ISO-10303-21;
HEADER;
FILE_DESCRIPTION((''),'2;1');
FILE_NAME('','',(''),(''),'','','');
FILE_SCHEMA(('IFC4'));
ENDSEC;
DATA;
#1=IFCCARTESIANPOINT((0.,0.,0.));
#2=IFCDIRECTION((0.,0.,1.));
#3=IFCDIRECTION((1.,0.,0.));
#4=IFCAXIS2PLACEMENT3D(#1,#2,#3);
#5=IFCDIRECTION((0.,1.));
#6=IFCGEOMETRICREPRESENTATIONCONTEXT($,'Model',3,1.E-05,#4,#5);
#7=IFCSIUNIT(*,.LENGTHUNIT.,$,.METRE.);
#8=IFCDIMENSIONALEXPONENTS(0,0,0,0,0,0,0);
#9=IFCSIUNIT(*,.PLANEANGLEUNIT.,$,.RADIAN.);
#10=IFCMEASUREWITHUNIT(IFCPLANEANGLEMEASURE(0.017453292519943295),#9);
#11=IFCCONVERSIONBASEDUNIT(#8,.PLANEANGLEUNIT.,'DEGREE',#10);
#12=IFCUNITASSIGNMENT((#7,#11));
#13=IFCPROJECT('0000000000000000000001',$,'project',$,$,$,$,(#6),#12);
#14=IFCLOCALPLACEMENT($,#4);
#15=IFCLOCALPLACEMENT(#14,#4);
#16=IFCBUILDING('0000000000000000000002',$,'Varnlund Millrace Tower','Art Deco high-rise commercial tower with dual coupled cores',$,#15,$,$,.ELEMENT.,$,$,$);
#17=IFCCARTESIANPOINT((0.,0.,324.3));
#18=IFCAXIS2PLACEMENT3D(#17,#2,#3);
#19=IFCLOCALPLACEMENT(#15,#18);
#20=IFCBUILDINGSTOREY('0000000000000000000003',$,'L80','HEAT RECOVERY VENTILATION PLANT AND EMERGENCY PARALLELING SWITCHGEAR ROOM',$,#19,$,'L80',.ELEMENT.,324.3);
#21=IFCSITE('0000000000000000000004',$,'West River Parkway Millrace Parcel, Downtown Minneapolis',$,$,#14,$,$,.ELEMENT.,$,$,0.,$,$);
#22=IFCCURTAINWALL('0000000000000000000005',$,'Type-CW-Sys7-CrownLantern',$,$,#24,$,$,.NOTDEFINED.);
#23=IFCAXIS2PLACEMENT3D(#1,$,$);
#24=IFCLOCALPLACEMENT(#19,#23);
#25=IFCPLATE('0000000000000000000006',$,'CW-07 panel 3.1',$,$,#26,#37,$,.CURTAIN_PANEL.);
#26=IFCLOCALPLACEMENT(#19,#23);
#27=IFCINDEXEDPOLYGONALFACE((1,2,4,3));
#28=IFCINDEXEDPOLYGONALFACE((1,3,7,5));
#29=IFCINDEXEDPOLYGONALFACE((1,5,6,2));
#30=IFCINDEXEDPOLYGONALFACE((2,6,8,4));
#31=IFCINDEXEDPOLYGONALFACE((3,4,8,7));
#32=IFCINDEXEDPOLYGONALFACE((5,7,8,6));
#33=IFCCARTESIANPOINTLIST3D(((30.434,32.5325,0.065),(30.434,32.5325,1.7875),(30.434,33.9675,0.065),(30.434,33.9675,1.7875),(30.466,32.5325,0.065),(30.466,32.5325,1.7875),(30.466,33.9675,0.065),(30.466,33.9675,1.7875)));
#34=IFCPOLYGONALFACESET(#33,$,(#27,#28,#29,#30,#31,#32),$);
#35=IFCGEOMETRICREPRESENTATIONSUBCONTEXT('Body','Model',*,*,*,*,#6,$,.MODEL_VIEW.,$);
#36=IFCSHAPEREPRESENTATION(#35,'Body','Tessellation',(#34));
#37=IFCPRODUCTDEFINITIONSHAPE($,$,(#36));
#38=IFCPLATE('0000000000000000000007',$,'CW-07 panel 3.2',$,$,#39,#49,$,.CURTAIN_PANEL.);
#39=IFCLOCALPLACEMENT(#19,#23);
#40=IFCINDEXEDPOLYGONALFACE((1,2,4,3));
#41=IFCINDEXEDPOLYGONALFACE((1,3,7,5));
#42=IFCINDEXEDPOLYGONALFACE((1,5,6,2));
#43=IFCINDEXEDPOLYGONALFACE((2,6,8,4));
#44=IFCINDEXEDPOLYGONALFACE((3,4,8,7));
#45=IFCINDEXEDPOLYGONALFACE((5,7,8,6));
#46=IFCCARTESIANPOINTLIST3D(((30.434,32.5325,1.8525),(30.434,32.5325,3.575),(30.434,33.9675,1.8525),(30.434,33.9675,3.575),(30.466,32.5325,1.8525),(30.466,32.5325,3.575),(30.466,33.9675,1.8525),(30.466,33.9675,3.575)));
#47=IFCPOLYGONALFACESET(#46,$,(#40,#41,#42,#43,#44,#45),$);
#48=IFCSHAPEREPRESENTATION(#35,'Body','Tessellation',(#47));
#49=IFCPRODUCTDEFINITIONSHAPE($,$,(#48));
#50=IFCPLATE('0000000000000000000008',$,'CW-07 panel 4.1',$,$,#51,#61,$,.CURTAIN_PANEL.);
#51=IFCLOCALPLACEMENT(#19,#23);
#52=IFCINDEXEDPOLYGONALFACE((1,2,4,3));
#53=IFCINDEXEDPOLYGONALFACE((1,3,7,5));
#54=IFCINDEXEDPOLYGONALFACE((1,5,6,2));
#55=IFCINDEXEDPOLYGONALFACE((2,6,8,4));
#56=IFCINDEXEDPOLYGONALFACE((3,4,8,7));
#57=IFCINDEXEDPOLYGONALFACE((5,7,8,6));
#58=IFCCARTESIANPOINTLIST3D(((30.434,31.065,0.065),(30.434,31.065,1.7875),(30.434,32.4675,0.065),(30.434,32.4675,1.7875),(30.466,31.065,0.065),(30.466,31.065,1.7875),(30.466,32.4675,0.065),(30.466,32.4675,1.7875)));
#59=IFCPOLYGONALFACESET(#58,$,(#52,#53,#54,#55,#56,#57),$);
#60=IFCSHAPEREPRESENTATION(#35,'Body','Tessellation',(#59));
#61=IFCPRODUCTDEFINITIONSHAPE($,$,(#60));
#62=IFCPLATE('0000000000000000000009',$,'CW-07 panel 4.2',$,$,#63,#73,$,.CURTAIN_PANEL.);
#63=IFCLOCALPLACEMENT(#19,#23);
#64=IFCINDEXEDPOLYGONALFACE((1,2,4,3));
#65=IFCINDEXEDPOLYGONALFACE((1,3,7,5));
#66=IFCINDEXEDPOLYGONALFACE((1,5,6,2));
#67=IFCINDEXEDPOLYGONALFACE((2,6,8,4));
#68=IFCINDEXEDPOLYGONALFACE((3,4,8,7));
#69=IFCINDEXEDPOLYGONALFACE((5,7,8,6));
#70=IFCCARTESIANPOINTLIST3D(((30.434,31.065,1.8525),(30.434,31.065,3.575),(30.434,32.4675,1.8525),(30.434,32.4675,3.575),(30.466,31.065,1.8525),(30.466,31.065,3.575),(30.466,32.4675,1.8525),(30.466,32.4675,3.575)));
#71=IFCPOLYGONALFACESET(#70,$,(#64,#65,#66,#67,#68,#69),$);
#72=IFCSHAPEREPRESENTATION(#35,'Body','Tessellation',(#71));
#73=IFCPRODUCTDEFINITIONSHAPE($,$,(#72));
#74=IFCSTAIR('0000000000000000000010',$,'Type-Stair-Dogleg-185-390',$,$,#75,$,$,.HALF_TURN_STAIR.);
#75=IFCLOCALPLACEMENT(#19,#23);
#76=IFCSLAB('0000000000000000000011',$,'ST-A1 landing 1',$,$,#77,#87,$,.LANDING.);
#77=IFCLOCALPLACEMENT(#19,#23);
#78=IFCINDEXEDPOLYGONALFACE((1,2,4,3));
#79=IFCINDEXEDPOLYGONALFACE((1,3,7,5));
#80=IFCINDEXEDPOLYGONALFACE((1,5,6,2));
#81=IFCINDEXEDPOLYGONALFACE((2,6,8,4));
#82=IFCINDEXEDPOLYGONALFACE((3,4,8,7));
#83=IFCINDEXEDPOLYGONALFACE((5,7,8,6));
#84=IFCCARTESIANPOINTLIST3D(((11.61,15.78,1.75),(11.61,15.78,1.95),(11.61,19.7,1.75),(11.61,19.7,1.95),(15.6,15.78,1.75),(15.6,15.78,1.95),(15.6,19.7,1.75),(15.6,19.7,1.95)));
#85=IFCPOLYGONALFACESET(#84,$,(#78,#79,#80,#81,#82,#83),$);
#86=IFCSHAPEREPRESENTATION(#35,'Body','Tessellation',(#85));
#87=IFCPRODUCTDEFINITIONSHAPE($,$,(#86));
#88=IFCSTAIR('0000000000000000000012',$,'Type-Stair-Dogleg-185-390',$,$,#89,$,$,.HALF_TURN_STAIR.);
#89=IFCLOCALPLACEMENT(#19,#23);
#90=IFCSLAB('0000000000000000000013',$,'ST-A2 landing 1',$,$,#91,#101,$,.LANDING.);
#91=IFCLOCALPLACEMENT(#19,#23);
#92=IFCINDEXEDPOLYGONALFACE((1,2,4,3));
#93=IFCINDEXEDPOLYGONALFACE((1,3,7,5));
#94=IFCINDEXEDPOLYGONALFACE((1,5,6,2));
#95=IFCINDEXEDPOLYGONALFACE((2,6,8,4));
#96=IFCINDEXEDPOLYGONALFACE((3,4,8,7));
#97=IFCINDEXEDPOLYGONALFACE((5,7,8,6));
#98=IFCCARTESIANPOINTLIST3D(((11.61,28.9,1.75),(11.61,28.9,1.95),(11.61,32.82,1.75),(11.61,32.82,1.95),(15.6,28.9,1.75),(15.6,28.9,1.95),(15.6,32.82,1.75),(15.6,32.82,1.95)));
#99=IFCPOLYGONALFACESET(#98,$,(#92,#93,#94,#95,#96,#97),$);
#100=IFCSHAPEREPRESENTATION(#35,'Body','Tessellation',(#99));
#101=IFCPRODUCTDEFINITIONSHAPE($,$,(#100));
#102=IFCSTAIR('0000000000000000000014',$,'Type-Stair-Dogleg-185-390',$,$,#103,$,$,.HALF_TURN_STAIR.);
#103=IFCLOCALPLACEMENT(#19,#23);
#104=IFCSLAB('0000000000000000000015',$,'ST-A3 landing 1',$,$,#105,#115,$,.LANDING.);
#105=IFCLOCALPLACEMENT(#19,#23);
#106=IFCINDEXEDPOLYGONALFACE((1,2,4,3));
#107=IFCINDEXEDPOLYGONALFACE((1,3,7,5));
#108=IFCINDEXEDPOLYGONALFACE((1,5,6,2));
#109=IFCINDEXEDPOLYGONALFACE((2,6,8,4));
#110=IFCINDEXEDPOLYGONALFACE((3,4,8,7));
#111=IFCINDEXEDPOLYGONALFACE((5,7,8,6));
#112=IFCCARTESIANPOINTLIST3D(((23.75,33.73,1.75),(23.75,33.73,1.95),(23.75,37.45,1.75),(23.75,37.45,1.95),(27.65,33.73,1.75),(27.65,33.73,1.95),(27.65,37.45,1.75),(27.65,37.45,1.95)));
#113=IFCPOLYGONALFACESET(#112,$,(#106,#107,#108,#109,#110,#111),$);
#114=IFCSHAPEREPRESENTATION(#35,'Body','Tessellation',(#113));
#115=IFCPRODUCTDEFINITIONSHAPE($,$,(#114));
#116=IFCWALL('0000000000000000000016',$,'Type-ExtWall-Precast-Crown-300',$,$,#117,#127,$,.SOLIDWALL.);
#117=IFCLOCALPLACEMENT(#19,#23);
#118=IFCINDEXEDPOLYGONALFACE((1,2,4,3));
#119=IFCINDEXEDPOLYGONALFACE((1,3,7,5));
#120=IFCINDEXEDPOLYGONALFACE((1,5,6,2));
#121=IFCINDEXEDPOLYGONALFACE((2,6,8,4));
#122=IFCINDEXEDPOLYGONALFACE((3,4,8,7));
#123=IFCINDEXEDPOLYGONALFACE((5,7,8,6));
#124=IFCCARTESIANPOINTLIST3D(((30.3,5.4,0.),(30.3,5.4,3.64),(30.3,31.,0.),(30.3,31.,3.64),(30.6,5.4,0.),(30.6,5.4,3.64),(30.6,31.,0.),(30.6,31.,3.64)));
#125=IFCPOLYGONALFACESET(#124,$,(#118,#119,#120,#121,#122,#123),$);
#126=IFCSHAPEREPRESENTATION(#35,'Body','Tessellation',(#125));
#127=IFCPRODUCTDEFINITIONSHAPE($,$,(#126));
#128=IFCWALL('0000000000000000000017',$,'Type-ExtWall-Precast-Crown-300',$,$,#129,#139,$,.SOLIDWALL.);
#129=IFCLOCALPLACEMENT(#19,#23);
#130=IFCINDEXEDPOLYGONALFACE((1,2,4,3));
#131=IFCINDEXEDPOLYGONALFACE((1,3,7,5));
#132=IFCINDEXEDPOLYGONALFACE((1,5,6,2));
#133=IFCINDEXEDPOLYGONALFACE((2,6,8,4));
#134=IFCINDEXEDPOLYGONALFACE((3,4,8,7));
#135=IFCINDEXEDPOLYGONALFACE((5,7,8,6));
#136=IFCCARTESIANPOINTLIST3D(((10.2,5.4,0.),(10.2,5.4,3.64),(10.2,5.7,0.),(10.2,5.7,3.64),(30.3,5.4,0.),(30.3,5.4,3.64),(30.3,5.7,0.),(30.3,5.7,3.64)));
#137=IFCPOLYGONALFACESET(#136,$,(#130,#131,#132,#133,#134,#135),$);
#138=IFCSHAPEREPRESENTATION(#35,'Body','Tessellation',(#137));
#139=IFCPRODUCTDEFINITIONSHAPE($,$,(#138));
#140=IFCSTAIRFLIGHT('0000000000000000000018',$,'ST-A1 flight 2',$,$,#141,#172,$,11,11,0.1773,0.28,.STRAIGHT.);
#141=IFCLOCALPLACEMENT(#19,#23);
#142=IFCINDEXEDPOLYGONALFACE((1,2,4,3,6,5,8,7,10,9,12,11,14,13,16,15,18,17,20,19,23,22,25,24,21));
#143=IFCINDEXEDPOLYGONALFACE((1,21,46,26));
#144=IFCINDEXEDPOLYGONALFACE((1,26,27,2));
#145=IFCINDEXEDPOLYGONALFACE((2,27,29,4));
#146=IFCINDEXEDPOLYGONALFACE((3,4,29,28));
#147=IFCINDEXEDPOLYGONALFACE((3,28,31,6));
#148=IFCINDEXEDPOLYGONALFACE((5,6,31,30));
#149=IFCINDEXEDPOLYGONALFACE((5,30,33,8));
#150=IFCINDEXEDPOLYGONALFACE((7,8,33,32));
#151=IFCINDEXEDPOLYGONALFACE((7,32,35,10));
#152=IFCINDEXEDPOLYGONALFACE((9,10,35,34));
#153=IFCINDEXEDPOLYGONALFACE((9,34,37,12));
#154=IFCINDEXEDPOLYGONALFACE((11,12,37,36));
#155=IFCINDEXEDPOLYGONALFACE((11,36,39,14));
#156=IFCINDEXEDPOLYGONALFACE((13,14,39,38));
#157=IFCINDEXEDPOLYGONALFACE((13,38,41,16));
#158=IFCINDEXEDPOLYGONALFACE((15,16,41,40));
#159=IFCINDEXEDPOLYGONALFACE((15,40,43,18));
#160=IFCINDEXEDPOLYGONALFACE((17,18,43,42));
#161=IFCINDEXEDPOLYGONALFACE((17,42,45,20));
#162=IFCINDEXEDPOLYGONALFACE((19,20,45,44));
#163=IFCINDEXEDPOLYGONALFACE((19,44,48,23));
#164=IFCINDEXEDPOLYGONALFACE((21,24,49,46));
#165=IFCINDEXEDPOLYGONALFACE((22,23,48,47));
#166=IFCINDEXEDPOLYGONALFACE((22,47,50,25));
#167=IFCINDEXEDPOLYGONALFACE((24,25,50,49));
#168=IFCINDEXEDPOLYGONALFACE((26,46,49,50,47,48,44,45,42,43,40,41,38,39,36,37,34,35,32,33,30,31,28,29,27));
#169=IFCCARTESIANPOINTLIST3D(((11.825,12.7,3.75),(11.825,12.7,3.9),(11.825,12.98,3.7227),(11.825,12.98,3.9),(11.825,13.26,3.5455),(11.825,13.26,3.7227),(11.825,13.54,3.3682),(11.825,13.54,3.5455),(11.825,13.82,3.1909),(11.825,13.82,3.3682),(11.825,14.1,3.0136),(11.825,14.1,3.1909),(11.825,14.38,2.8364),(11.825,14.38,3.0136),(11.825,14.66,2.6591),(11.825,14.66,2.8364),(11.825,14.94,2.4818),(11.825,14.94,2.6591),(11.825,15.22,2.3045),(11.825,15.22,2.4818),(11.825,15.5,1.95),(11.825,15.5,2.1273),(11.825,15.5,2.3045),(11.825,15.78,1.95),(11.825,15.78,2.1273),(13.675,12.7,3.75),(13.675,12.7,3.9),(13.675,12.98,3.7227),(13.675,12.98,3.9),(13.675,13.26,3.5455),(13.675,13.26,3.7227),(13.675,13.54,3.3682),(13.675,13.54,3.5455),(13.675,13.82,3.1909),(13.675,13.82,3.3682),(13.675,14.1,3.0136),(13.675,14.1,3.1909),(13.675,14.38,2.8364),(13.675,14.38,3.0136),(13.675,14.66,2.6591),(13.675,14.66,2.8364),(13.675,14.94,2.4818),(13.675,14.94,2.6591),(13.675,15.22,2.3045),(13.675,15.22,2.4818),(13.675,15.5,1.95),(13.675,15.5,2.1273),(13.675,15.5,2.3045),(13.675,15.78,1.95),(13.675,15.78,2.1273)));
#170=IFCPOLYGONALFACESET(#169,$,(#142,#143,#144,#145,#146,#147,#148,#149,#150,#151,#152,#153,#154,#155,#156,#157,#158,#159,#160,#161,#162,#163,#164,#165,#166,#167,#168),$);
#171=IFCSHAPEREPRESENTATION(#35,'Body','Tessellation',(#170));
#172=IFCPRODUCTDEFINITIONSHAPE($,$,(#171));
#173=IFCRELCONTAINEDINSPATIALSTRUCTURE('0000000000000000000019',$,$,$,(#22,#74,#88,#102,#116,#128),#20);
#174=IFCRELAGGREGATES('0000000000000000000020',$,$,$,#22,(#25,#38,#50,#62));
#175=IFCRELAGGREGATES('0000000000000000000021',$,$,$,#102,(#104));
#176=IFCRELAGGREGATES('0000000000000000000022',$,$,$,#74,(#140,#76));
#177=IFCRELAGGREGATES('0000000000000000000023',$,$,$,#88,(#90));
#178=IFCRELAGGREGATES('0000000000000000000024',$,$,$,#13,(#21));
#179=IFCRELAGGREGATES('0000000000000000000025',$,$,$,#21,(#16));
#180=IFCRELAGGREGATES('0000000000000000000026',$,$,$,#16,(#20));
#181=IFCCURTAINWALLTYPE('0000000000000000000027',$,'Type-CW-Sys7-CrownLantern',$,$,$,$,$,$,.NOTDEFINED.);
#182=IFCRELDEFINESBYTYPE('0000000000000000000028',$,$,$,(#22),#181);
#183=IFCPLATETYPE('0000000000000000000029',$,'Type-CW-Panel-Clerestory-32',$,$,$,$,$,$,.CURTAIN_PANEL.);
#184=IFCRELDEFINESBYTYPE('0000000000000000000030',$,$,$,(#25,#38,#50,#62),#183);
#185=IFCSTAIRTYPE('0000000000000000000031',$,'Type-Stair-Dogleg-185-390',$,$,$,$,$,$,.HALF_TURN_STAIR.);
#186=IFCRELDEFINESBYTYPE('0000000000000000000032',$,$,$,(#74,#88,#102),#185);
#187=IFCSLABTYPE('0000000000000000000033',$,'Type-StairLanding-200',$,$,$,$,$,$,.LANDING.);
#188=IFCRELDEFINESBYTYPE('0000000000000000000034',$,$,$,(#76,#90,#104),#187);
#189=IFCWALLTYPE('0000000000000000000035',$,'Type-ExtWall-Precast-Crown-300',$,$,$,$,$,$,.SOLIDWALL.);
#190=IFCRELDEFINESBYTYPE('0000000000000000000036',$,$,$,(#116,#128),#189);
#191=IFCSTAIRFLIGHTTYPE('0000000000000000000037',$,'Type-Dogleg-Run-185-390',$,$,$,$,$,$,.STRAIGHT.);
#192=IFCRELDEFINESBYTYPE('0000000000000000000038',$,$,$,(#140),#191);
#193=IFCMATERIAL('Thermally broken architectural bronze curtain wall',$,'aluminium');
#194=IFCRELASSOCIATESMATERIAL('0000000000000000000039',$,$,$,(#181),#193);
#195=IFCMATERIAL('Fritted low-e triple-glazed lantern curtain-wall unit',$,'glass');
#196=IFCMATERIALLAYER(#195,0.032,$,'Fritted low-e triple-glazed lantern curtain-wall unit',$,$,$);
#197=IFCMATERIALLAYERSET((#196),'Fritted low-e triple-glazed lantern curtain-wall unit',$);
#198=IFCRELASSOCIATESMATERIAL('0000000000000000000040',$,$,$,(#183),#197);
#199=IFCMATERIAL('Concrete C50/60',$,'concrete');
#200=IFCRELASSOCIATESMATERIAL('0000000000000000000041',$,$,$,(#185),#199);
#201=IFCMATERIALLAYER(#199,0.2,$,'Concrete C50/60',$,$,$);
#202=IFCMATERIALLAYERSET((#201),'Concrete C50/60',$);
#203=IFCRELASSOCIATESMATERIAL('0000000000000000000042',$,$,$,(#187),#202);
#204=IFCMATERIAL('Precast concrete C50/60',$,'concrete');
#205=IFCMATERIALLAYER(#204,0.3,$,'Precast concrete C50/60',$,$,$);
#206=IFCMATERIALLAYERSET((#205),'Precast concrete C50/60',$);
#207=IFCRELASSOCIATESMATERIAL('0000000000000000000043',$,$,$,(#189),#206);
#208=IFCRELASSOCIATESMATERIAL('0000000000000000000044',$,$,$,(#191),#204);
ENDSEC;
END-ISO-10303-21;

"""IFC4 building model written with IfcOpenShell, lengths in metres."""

from ifc_helpers import new_model, entity, si_unit, converted_unit, direction, frame, origin_with_axes, origin_2d_with_axis, place, context, subcontext, project, spatial, polyline, rectangle, outline, extrude, material, layer, layer_set, type_object, element, aggregate, save


model = new_model("IFC4")

# Units and contexts
model_context = context("Model", 3, precision=1e-05, world=origin_with_axes(), true_north=direction((0.0, 1.0)))
body_context = subcontext(model_context, "Body", "Model", "MODEL_VIEW")
ifc_project = project(units=[si_unit("LENGTHUNIT", "METRE"), converted_unit("PLANEANGLEUNIT", "DEGREE", entity("IfcPlaneAngleMeasure", 0.017453292519943295), si_unit("PLANEANGLEUNIT", "RADIAN"), dimensions=[0, 0, 0, 0, 0, 0, 0])], contexts=[model_context])

# Site, building, storey
site_placement = place(None, origin_with_axes())
site = spatial("IfcSite", under=ifc_project, at=site_placement, Name="West River Parkway Millrace Parcel, Downtown Minneapolis", CompositionType="ELEMENT", RefElevation=0.0)
building_placement = place(site_placement, origin_with_axes())
building = spatial("IfcBuilding", under=site, at=building_placement, Name="Varnlund Millrace Tower", Description="Art Deco high-rise commercial tower with dual coupled cores", CompositionType="ELEMENT")
storey_placement = place(building_placement, frame((0.0, 0.0, 324.3), z_axis=(0.0, 0.0, 1.0), x_axis=(1.0, 0.0, 0.0)))
storey = spatial("IfcBuildingStorey", under=building, at=storey_placement, Name="L80", Description="HEAT RECOVERY VENTILATION PLANT AND EMERGENCY PARALLELING SWITCHGEAR ROOM", LongName="L80", CompositionType="ELEMENT", Elevation=324.3)

# Curtain wall
ifc_material_1 = material(Name="Thermally broken architectural bronze curtain wall", Category="aluminium")
curtain_wall_type = type_object("IfcCurtainWallType", Name="Type-CW-Sys7-CrownLantern", PredefinedType="NOTDEFINED", material=ifc_material_1)
curtain_wall_placement = place(storey_placement, frame((30.45, 37.0, 0.0), z_axis=(0.0, 0.0, 1.0), x_axis=(1.0, 0.0, 0.0)))
curtain_wall = element("IfcCurtainWall", 1, at=curtain_wall_placement, inside=storey, type_object=curtain_wall_type, Name="Type-CW-Sys7-CrownLantern", PredefinedType="NOTDEFINED")

# Plates
ifc_material_2 = material(Name="Fritted low-e triple-glazed lantern curtain-wall unit", Category="glass")
ifc_layer_1 = layer(ifc_material_2, 0.032, Name="Fritted low-e triple-glazed lantern curtain-wall unit")
ifc_layer_set_1 = layer_set([ifc_layer_1], Name="Fritted low-e triple-glazed lantern curtain-wall unit")
plate_type = type_object("IfcPlateType", Name="Type-CW-Panel-Clerestory-32", PredefinedType="CURTAIN_PANEL", material=ifc_layer_set_1)
plate_1_placement = place(storey_placement, frame((30.45, 33.25, 0.065), z_axis=(0.0, 0.0, 1.0), x_axis=(0.0, -1.0, 0.0)))
plate_1 = element("IfcPlate", 2, at=plate_1_placement, type_object=plate_type, Name="CW-07 panel 3.1", PredefinedType="CURTAIN_PANEL", context=body_context, shape_type="SweptSolid", body=[
    extrude(rectangle(XDim=1.435, YDim=0.032, at=origin_2d_with_axis()), origin_with_axes(), (0.0, 0.0, 1.0), 1.7225),
])
plate_2_placement = place(storey_placement, frame((30.45, 33.25, 1.8525), z_axis=(0.0, 0.0, 1.0), x_axis=(0.0, -1.0, 0.0)))
plate_2 = element("IfcPlate", 3, at=plate_2_placement, type_object=plate_type, Name="CW-07 panel 3.2", PredefinedType="CURTAIN_PANEL", context=body_context, shape_type="SweptSolid", body=[
    extrude(rectangle(XDim=1.435, YDim=0.032, at=origin_2d_with_axis()), origin_with_axes(), (0.0, 0.0, 1.0), 1.7225),
])
plate_3_placement = place(storey_placement, frame((30.45, 31.7662, 0.065), z_axis=(0.0, 0.0, 1.0), x_axis=(0.0, -1.0, 0.0)))
plate_3 = element("IfcPlate", 4, at=plate_3_placement, type_object=plate_type, Name="CW-07 panel 4.1", PredefinedType="CURTAIN_PANEL", context=body_context, shape_type="SweptSolid", body=[
    extrude(rectangle(XDim=1.4025, YDim=0.032, at=origin_2d_with_axis()), origin_with_axes(), (0.0, 0.0, 1.0), 1.7225),
])
plate_4_placement = place(storey_placement, frame((30.45, 31.7662, 1.8525), z_axis=(0.0, 0.0, 1.0), x_axis=(0.0, -1.0, 0.0)))
plate_4 = element("IfcPlate", 5, at=plate_4_placement, type_object=plate_type, Name="CW-07 panel 4.2", PredefinedType="CURTAIN_PANEL", context=body_context, shape_type="SweptSolid", body=[
    extrude(rectangle(XDim=1.4025, YDim=0.032, at=origin_2d_with_axis()), origin_with_axes(), (0.0, 0.0, 1.0), 1.7225),
])
aggregate(curtain_wall, [plate_1, plate_2, plate_3, plate_4])

# Stairs, slabs
ifc_material_3 = material(Name="Concrete C50/60", Category="concrete")
stair_type = type_object("IfcStairType", Name="Type-Stair-Dogleg-185-390", PredefinedType="HALF_TURN_STAIR", material=ifc_material_3)
stair_1_placement = place(storey_placement, origin_with_axes())
stair_1 = element("IfcStair", 6, at=stair_1_placement, inside=storey, type_object=stair_type, Name="Type-Stair-Dogleg-185-390", PredefinedType="HALF_TURN_STAIR")
ifc_layer_2 = layer(ifc_material_3, 0.2, Name="Concrete C50/60")
ifc_layer_set_2 = layer_set([ifc_layer_2], Name="Concrete C50/60")
slab_type = type_object("IfcSlabType", Name="Type-StairLanding-200", PredefinedType="LANDING", material=ifc_layer_set_2)
slab_1_placement = place(storey_placement, frame((0.0, 0.0, 1.75), z_axis=(0.0, 0.0, 1.0), x_axis=(1.0, 0.0, 0.0)))
slab_1 = element("IfcSlab", 7, at=slab_1_placement, type_object=slab_type, Name="ST-A1 landing 1", PredefinedType="LANDING", context=body_context, shape_type="SweptSolid", body=[
    extrude(outline(polyline([(15.6, 15.78), (15.6, 19.7), (11.61, 19.7), (11.61, 15.78), (15.6, 15.78)])), origin_with_axes(), (0.0, 0.0, 1.0), 0.2),
])
stair_2_placement = place(storey_placement, origin_with_axes())
stair_2 = element("IfcStair", 8, at=stair_2_placement, inside=storey, type_object=stair_type, Name="Type-Stair-Dogleg-185-390", PredefinedType="HALF_TURN_STAIR")
slab_2_placement = place(storey_placement, frame((0.0, 0.0, 1.75), z_axis=(0.0, 0.0, 1.0), x_axis=(1.0, 0.0, 0.0)))
slab_2 = element("IfcSlab", 9, at=slab_2_placement, type_object=slab_type, Name="ST-A2 landing 1", PredefinedType="LANDING", context=body_context, shape_type="SweptSolid", body=[
    extrude(outline(polyline([(11.61, 32.82), (11.61, 28.9), (15.6, 28.9), (15.6, 32.82), (11.61, 32.82)])), origin_with_axes(), (0.0, 0.0, 1.0), 0.2),
])
stair_3_placement = place(storey_placement, origin_with_axes())
stair_3 = element("IfcStair", 10, at=stair_3_placement, inside=storey, type_object=stair_type, Name="Type-Stair-Dogleg-185-390", PredefinedType="HALF_TURN_STAIR")
slab_3_placement = place(storey_placement, frame((0.0, 0.0, 1.75), z_axis=(0.0, 0.0, 1.0), x_axis=(1.0, 0.0, 0.0)))
slab_3 = element("IfcSlab", 11, at=slab_3_placement, type_object=slab_type, Name="ST-A3 landing 1", PredefinedType="LANDING", context=body_context, shape_type="SweptSolid", body=[
    extrude(outline(polyline([(27.65, 33.73), (27.65, 37.45), (23.75, 37.45), (23.75, 33.73), (27.65, 33.73)])), origin_with_axes(), (0.0, 0.0, 1.0), 0.2),
])
aggregate(stair_3, [slab_3])

# Walls
ifc_material_4 = material(Name="Precast concrete C50/60", Category="concrete")
ifc_layer_3 = layer(ifc_material_4, 0.3, Name="Precast concrete C50/60")
ifc_layer_set_3 = layer_set([ifc_layer_3], Name="Precast concrete C50/60")
wall_type = type_object("IfcWallType", Name="Type-ExtWall-Precast-Crown-300", PredefinedType="SOLIDWALL", material=ifc_layer_set_3)
wall_1_placement = place(storey_placement, frame((30.45, 31.0, 0.0), z_axis=(0.0, 0.0, 1.0), x_axis=(0.0, -1.0, 0.0)))
element("IfcWall", 12, at=wall_1_placement, inside=storey, type_object=wall_type, Name="Type-ExtWall-Precast-Crown-300", PredefinedType="SOLIDWALL", context=body_context, shape_type="SweptSolid", body=[
    extrude(outline(polyline([(0.0, -0.15), (25.6, -0.15), (25.6, 0.15), (0.0, 0.15), (0.0, -0.15)])), origin_with_axes(), (0.0, 0.0, 1.0), 3.64),
])
wall_2_placement = place(storey_placement, frame((30.3, 5.55, 0.0), z_axis=(0.0, 0.0, 1.0), x_axis=(-1.0, 0.0, 0.0)))
element("IfcWall", 13, at=wall_2_placement, inside=storey, type_object=wall_type, Name="Type-ExtWall-Precast-Crown-300", PredefinedType="SOLIDWALL", context=body_context, shape_type="SweptSolid", body=[
    extrude(outline(polyline([(0.0, -0.15), (20.1, -0.15), (20.1, 0.15), (0.0, 0.15), (0.0, -0.15)])), origin_with_axes(), (0.0, 0.0, 1.0), 3.64),
])

# Stair flight
stair_flight_type = type_object("IfcStairFlightType", Name="Type-Dogleg-Run-185-390", PredefinedType="STRAIGHT", material=ifc_material_4)
stair_flight_1_placement = place(storey_placement, frame((13.675, 15.78, 1.95), z_axis=(-1.0, 0.0, 0.0), x_axis=(0.0, -1.0, 0.0)))
stair_flight_1 = element("IfcStairFlight", 14, at=stair_flight_1_placement, type_object=stair_flight_type, Name="ST-A1 flight 2", NumberOfRisers=11, NumberOfTreads=11, PredefinedType="STRAIGHT", RiserHeight=0.1773, TreadLength=0.28, context=body_context, shape_type="SweptSolid", body=[
    extrude(outline(polyline([(0.0, 0.0), (0.0, 0.1773), (0.28, 0.1773), (0.28, 0.3545), (0.56, 0.3545), (0.56, 0.5318), (0.84, 0.5318), (0.84, 0.7091), (1.12, 0.7091), (1.12, 0.8864), (1.4, 0.8864), (1.4, 1.0636), (1.68, 1.0636), (1.68, 1.2409), (1.96, 1.2409), (1.96, 1.4182), (2.24, 1.4182), (2.24, 1.5955), (2.52, 1.5955), (2.52, 1.7727), (2.8, 1.7727), (2.8, 1.95), (3.08, 1.95), (3.08, 1.8), (0.28, 0.0), (0.0, 0.0)])), origin_with_axes(), (0.0, 0.0, 1.0), 1.85),
])
aggregate(stair_1, [stair_flight_1, slab_1])
aggregate(stair_2, [slab_2])

save(model, "model.ifc")
